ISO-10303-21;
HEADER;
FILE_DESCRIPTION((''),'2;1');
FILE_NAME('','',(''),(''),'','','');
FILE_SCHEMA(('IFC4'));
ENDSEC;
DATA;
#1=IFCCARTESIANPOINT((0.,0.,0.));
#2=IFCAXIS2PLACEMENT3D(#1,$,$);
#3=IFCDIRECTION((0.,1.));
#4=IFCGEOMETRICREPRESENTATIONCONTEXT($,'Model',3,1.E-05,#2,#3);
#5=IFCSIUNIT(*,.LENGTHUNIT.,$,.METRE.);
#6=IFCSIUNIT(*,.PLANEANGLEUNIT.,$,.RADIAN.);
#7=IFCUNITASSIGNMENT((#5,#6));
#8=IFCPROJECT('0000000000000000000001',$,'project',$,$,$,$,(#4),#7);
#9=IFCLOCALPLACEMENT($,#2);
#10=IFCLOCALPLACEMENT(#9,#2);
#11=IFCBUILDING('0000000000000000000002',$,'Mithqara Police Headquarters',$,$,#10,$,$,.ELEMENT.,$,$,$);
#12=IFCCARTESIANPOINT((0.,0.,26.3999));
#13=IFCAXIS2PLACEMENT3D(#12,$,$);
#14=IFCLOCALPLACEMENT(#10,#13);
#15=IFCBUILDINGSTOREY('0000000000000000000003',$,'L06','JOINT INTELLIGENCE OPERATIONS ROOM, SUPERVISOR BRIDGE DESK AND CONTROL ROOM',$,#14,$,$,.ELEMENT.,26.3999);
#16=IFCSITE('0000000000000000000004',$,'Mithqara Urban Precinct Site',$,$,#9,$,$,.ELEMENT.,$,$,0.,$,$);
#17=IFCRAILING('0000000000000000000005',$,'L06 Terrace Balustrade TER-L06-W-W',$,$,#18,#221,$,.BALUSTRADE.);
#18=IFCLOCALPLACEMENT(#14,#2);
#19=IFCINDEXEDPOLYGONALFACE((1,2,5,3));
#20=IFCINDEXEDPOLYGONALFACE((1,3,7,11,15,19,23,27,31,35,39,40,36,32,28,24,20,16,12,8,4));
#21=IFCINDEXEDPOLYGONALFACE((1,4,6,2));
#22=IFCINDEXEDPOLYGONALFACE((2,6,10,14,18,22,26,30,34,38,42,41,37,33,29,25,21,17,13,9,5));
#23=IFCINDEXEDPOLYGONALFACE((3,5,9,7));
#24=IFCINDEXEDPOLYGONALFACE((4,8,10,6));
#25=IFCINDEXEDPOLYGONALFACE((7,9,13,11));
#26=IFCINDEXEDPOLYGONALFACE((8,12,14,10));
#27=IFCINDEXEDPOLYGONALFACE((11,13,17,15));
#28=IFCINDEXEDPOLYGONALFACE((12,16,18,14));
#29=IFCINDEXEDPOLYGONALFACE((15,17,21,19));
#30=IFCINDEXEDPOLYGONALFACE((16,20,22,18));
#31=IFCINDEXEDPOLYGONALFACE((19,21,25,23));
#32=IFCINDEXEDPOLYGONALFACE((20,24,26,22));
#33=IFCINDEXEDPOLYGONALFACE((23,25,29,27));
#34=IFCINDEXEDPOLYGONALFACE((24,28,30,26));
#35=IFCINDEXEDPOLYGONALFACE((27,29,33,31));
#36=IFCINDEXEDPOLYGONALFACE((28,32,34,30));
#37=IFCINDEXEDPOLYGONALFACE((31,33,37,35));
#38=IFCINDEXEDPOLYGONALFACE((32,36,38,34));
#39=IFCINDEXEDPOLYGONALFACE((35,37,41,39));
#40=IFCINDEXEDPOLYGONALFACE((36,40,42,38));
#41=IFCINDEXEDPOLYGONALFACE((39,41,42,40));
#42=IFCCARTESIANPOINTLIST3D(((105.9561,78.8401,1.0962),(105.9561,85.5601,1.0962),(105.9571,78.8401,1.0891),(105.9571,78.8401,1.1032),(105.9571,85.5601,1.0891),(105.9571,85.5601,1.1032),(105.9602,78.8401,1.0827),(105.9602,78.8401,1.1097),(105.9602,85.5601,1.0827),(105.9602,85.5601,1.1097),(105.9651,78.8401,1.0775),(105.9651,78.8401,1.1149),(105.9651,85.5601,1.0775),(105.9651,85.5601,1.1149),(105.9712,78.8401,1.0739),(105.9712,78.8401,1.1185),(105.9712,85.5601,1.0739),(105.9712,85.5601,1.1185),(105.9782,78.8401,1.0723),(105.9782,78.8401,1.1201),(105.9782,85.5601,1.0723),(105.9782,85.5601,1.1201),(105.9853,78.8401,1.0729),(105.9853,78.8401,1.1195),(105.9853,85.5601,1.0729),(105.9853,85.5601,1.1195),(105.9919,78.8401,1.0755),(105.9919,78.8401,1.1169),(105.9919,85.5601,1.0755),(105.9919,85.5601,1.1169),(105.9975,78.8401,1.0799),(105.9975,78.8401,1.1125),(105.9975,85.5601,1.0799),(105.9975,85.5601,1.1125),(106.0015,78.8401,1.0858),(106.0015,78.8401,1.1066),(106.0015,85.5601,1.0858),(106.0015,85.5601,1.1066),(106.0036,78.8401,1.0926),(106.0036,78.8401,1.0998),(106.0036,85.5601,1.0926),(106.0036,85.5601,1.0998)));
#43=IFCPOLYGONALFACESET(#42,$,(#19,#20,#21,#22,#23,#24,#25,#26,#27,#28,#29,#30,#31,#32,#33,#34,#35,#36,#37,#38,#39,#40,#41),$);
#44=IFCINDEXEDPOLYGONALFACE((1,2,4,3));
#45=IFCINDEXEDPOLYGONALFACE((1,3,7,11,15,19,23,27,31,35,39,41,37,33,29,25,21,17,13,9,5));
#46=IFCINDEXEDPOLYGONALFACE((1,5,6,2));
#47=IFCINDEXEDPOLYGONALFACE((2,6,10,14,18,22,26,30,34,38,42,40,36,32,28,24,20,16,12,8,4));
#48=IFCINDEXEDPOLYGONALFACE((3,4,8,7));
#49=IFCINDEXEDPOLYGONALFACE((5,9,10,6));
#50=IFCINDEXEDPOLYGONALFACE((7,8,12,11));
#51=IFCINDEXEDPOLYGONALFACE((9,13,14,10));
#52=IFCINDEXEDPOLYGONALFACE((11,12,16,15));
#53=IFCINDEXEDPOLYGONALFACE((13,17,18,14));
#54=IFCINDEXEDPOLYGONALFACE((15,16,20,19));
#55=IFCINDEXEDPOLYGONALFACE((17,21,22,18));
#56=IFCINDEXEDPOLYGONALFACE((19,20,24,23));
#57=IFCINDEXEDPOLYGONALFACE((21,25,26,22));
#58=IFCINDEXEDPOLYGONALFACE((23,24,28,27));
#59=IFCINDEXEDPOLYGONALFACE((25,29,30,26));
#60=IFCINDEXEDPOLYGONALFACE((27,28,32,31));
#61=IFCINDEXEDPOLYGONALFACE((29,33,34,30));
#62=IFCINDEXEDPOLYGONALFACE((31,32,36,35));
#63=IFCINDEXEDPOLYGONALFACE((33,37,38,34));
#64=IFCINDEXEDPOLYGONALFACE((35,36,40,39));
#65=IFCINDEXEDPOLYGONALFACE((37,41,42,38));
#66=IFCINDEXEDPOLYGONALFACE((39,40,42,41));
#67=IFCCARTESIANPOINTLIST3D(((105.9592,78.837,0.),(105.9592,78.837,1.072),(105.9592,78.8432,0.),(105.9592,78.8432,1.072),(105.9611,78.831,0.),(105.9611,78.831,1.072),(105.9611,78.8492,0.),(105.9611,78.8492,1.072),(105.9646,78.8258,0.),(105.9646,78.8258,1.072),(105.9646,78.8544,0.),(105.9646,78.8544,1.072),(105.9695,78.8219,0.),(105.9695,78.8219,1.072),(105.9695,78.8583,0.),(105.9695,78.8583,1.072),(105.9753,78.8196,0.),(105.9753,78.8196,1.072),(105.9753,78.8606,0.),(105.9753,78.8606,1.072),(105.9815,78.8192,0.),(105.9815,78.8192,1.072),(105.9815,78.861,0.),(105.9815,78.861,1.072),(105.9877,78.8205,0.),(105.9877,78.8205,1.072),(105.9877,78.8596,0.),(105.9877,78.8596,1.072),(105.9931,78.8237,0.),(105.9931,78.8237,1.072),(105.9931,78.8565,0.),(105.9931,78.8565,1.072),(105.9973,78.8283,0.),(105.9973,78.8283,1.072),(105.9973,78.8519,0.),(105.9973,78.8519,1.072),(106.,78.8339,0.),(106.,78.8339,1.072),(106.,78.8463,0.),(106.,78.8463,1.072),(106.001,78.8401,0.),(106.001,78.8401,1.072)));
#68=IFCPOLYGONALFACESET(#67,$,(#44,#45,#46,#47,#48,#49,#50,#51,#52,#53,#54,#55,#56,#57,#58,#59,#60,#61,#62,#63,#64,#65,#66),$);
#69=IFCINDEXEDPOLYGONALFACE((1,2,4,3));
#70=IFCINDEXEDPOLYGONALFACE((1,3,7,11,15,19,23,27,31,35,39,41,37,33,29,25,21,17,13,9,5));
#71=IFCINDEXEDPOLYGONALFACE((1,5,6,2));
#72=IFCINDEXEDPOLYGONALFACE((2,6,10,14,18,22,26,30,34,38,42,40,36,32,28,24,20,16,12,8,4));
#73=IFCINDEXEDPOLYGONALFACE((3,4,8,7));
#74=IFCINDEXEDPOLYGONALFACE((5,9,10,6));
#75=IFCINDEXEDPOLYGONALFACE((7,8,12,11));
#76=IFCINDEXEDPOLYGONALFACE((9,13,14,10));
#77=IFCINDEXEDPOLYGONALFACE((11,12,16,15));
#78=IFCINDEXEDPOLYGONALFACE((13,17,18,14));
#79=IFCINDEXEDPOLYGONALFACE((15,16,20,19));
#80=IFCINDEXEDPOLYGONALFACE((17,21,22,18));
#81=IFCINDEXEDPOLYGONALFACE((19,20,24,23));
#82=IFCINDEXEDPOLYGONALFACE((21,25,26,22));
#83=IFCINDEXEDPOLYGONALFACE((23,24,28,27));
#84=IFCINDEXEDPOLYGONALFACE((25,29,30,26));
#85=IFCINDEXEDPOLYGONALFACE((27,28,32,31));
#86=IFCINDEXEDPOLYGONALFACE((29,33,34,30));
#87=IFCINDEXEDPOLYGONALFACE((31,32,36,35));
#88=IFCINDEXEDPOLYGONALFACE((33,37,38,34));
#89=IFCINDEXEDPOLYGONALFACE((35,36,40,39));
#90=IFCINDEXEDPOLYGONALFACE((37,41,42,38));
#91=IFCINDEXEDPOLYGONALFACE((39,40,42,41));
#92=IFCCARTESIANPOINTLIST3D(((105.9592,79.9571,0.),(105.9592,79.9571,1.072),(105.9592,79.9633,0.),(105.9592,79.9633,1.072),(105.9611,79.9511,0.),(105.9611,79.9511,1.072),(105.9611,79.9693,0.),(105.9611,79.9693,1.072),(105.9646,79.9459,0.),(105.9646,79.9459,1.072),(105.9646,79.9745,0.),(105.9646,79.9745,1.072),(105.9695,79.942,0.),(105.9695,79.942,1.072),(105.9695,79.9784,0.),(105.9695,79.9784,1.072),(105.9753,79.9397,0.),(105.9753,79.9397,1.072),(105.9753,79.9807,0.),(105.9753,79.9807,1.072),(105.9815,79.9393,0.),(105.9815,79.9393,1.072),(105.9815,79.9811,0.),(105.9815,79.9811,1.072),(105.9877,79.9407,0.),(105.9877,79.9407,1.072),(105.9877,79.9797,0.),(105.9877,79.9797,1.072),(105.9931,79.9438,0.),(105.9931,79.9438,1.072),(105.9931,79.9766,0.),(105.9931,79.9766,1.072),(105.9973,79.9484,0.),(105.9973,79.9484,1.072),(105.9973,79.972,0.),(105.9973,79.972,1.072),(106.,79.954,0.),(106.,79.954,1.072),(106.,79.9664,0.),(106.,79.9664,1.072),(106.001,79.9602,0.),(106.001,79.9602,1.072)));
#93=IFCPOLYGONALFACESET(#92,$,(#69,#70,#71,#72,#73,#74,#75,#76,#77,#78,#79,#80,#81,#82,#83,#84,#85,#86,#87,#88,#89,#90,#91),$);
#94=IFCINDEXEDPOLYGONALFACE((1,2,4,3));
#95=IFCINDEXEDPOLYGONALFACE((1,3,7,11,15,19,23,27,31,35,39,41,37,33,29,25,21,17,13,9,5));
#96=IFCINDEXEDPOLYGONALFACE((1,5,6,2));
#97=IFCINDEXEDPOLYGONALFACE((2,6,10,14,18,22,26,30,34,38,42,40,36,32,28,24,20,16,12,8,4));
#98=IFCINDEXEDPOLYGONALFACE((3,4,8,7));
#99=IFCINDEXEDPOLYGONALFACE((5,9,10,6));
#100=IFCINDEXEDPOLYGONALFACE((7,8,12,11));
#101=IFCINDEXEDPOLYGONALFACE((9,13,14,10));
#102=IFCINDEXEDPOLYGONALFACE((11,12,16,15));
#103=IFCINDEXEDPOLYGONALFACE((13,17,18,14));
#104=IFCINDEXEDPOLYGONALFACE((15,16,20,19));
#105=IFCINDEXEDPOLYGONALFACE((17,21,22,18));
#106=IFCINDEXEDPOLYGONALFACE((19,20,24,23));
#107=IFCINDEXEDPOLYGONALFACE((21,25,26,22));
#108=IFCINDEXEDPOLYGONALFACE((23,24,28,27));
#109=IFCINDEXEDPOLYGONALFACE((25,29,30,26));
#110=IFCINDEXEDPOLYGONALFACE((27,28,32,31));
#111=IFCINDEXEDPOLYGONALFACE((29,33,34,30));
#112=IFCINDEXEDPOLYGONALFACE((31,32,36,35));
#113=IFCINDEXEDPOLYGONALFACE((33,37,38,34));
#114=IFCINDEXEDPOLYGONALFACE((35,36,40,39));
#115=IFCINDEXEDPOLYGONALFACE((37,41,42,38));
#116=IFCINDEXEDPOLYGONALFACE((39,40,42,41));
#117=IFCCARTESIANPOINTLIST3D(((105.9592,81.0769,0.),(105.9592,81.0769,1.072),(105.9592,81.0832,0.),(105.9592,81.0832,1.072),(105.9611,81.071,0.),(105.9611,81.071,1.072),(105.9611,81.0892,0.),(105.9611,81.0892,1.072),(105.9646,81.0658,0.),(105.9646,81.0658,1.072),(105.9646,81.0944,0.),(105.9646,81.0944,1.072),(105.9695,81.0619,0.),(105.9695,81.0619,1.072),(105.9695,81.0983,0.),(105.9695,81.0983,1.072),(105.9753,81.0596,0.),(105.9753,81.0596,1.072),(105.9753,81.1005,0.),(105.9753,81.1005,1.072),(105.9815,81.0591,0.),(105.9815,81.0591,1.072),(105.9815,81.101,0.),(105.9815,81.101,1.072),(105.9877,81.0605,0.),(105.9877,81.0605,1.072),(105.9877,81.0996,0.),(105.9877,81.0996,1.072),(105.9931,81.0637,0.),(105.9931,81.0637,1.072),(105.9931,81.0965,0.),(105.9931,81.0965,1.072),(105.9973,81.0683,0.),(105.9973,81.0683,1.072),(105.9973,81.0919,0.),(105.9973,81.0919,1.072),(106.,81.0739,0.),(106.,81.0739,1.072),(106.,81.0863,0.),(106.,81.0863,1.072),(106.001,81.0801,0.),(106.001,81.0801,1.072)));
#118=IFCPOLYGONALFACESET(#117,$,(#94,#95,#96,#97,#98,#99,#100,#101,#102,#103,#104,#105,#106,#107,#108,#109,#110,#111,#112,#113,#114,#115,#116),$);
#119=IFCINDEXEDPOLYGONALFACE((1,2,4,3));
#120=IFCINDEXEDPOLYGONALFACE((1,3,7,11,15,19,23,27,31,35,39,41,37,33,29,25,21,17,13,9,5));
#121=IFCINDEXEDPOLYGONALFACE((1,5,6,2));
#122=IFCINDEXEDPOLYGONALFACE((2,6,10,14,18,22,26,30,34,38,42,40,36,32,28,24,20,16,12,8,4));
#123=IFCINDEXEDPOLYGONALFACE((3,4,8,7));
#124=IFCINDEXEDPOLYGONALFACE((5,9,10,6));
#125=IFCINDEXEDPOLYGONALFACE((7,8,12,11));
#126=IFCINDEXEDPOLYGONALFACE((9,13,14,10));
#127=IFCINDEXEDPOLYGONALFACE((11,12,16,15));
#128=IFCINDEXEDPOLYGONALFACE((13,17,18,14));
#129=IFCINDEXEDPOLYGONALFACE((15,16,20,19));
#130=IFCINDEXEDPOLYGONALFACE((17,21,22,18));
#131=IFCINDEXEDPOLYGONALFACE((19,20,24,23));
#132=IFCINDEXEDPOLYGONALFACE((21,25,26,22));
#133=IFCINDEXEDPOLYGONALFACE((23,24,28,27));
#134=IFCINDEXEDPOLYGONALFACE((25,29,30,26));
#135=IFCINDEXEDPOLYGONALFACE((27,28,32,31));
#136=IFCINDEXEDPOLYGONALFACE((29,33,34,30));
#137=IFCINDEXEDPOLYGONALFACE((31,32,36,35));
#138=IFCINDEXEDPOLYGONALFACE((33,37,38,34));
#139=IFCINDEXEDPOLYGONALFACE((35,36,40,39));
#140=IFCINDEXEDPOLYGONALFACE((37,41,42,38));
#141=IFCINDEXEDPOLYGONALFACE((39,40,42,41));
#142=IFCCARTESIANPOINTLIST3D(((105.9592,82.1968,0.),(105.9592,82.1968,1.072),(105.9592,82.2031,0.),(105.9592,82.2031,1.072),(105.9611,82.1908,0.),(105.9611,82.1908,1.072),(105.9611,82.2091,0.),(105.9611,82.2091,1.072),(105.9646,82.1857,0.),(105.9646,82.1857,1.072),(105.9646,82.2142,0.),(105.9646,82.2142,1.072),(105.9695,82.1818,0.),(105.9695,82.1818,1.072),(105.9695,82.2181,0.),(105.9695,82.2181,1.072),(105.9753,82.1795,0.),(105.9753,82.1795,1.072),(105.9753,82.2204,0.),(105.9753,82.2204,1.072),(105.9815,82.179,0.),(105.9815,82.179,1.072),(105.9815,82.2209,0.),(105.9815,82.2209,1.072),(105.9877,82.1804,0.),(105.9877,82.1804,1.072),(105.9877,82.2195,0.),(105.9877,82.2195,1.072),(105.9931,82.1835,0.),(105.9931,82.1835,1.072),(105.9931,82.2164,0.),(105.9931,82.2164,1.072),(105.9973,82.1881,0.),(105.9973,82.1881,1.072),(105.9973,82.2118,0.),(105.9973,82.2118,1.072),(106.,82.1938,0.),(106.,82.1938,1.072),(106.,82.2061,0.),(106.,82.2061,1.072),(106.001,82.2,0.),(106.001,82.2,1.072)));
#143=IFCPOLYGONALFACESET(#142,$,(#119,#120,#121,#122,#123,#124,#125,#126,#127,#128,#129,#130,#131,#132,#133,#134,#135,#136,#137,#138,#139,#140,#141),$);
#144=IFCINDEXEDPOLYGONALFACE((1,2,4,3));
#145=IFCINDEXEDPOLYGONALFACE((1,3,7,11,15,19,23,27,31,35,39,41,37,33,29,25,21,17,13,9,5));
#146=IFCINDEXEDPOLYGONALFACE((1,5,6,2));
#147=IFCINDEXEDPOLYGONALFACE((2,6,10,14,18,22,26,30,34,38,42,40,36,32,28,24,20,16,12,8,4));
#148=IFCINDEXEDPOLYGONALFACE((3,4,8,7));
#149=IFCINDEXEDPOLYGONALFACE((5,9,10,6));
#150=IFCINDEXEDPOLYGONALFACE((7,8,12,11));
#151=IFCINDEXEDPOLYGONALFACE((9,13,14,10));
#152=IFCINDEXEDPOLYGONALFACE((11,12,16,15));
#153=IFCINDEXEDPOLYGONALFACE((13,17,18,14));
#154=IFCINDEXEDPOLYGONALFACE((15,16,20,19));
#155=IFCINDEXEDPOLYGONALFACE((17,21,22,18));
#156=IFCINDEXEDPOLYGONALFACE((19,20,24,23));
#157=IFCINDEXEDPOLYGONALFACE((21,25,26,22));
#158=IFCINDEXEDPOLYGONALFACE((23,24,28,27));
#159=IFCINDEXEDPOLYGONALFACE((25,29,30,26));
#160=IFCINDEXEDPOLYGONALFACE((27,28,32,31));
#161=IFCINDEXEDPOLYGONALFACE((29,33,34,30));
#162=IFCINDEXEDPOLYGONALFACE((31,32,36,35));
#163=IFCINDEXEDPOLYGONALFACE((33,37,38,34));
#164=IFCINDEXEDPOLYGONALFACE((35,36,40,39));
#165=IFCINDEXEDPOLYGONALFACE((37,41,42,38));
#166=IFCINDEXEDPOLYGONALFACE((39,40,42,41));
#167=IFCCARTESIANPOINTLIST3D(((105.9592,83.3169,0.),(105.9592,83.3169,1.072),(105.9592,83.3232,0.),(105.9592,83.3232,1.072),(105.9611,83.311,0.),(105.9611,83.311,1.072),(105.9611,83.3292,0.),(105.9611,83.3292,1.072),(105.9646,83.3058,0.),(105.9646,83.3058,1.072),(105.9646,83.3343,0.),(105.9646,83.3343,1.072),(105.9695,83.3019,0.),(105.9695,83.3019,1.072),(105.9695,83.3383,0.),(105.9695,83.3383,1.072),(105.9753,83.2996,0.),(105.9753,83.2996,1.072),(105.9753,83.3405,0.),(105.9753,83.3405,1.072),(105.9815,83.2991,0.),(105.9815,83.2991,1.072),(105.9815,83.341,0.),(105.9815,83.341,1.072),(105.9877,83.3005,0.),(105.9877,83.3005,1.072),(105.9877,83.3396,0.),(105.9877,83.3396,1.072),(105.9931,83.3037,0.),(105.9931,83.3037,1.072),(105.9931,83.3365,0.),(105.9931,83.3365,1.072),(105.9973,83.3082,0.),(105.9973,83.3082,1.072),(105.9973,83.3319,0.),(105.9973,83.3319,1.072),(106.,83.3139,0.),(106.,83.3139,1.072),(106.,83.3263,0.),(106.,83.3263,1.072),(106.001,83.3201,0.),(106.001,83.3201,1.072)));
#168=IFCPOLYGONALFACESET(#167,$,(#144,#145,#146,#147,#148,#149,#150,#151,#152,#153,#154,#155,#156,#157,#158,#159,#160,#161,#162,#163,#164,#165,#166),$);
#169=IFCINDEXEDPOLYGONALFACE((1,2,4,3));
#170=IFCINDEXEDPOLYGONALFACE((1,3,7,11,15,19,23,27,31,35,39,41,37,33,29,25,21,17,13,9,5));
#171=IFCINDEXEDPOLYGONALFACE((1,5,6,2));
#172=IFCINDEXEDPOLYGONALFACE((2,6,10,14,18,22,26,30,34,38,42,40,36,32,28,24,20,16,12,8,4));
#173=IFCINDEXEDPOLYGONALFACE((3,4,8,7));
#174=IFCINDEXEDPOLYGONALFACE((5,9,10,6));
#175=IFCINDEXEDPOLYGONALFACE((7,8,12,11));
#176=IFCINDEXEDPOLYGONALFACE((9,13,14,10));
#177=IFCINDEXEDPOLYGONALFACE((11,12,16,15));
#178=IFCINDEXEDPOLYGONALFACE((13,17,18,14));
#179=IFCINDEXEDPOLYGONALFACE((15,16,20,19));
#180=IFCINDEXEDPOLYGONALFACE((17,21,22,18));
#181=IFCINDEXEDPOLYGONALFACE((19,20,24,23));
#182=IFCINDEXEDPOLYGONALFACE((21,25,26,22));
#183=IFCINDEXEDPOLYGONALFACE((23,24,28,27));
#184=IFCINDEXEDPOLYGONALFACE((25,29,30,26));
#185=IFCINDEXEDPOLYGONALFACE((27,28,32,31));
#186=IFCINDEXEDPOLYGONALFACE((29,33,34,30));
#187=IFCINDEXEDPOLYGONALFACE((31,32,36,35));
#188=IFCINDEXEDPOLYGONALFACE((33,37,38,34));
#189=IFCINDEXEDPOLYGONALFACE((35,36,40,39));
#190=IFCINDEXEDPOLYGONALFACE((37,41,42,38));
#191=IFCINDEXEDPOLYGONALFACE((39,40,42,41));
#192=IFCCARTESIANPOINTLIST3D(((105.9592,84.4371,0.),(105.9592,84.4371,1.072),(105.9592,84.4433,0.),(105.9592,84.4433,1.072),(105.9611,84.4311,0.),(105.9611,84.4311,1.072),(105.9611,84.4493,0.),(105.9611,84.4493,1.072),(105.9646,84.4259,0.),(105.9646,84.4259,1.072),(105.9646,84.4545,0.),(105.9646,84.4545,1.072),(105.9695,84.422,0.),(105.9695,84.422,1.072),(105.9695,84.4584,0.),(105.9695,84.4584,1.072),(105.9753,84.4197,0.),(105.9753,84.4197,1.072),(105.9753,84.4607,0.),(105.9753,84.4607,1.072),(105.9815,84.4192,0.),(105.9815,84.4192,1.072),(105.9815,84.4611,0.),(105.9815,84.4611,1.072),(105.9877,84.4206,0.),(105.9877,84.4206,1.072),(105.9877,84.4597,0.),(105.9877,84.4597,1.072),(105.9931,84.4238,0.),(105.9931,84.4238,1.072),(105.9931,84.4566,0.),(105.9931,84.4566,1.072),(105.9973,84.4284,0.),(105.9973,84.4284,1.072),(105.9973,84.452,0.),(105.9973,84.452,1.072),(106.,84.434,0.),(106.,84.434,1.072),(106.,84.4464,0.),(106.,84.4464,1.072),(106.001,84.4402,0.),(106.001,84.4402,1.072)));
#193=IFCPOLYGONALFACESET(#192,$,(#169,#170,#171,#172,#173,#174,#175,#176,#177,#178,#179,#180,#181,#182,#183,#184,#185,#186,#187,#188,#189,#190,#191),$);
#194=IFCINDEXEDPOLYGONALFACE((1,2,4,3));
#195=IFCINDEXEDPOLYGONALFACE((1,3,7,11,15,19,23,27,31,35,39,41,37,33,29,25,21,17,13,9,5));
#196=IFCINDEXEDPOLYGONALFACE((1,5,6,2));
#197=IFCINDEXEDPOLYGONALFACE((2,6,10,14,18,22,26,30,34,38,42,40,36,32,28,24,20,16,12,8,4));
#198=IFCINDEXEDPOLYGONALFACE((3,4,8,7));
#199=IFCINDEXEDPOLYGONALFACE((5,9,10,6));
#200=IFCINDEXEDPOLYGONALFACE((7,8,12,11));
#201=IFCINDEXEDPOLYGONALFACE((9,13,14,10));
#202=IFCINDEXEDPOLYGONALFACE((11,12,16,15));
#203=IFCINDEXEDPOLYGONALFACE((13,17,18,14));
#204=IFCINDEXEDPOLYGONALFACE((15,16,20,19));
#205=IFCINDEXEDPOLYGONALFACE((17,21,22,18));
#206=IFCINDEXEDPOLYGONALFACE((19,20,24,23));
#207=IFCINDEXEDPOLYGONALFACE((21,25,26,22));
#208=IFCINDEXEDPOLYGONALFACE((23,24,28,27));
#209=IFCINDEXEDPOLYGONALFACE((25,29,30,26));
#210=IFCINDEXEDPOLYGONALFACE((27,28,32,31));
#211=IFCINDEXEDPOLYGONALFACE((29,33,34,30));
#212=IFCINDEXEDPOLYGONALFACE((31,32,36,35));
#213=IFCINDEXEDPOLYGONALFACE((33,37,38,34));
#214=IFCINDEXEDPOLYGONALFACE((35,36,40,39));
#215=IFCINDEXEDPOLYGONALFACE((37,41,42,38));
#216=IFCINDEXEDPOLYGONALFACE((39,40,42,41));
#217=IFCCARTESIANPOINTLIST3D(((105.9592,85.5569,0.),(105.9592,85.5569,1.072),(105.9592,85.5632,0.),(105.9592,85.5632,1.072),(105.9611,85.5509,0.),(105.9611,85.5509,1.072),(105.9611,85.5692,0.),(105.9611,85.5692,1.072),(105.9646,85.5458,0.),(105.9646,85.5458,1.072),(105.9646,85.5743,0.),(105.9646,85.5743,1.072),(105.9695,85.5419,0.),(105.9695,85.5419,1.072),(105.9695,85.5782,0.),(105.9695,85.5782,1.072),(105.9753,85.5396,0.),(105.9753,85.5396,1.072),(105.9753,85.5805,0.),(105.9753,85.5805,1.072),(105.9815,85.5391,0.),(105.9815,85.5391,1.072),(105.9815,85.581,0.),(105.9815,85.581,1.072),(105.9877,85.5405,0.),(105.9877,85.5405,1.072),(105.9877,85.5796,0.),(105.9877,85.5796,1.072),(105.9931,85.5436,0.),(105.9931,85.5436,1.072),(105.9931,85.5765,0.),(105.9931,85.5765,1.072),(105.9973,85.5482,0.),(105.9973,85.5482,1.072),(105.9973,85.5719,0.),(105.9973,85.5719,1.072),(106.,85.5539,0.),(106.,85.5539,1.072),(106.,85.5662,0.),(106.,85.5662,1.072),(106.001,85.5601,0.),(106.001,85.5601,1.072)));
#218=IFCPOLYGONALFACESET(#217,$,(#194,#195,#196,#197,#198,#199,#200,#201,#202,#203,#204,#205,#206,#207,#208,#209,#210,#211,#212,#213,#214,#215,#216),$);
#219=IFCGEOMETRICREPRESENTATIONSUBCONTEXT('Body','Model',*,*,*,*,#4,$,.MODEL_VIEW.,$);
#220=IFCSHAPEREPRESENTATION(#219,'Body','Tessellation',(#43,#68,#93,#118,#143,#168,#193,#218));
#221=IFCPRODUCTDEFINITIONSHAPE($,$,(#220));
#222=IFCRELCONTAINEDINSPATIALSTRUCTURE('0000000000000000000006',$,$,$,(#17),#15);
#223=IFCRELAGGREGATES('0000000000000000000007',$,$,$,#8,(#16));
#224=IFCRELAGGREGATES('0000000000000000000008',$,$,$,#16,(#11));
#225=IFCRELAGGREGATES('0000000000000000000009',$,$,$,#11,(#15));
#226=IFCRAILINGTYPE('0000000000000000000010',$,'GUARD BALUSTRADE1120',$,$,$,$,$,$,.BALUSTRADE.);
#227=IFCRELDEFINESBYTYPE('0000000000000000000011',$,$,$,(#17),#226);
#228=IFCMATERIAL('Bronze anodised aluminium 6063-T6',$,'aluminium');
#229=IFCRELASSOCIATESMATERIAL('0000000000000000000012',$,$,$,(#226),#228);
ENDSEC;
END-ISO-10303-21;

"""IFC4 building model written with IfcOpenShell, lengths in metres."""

from ifc_helpers import new_model, si_unit, direction, frame, origin, origin_2d, place, context, subcontext, project, spatial, circle, extrude, material, type_object, element, save


model = new_model("IFC4")

# Units and contexts
model_context = context("Model", 3, precision=1e-05, world=origin(), true_north=direction((0.0, 1.0)))
body_context = subcontext(model_context, "Body", "Model", "MODEL_VIEW")
ifc_project = project(units=[si_unit("LENGTHUNIT", "METRE"), si_unit("PLANEANGLEUNIT", "RADIAN")], contexts=[model_context])

# Site, building, storey
site_placement = place(None, origin())
site = spatial("IfcSite", under=ifc_project, at=site_placement, Name="Mithqara Urban Precinct Site", CompositionType="ELEMENT", RefElevation=0.0)
building_placement = place(site_placement, origin())
building = spatial("IfcBuilding", under=site, at=building_placement, Name="Mithqara Police Headquarters", CompositionType="ELEMENT")
storey_placement = place(building_placement, frame((0.0, 0.0, 26.3999)))
storey = spatial("IfcBuildingStorey", under=building, at=storey_placement, Name="L06", Description="JOINT INTELLIGENCE OPERATIONS ROOM, SUPERVISOR BRIDGE DESK AND CONTROL ROOM", CompositionType="ELEMENT", Elevation=26.3999)

# Shared definitions
ifc_material_1 = material(Name="Bronze anodised aluminium 6063-T6", Category="aluminium")

# Railing
railing_type = type_object("IfcRailingType", Name="GUARD BALUSTRADE1120", PredefinedType="BALUSTRADE", material=ifc_material_1)
railing_placement = place(storey_placement, frame((105.98, 78.8401, 0.0)))
element("IfcRailing", 1, at=railing_placement, inside=storey, type_object=railing_type, Name="L06 Terrace Balustrade TER-L06-W-W", PredefinedType="BALUSTRADE", context=body_context, shape_type="SweptSolid", body=[
    extrude(circle(Radius=0.0239, at=origin_2d()), frame((0.0, 0.0, 1.0962), z_axis=(0.0, 1.0, 0.0), x_axis=(-1.0, 0.0, 0.0)), (0.0, 0.0, 1.0), 6.72),
    extrude(circle(Radius=0.021, at=origin_2d()), origin(), (0.0, 0.0, 1.0), 1.072),
    extrude(circle(Radius=0.021, at=origin_2d()), frame((0.0, 1.1201, 0.0)), (0.0, 0.0, 1.0), 1.072),
    extrude(circle(Radius=0.021, at=origin_2d()), frame((0.0, 2.24, 0.0)), (0.0, 0.0, 1.0), 1.072),
    extrude(circle(Radius=0.021, at=origin_2d()), frame((0.0, 3.3599, 0.0)), (0.0, 0.0, 1.0), 1.072),
    extrude(circle(Radius=0.021, at=origin_2d()), frame((0.0, 4.48, 0.0)), (0.0, 0.0, 1.0), 1.072),
    extrude(circle(Radius=0.021, at=origin_2d()), frame((0.0, 5.6001, 0.0)), (0.0, 0.0, 1.0), 1.072),
    extrude(circle(Radius=0.021, at=origin_2d()), frame((0.0, 6.72, 0.0)), (0.0, 0.0, 1.0), 1.072),
])

save(model, "model.ifc")
